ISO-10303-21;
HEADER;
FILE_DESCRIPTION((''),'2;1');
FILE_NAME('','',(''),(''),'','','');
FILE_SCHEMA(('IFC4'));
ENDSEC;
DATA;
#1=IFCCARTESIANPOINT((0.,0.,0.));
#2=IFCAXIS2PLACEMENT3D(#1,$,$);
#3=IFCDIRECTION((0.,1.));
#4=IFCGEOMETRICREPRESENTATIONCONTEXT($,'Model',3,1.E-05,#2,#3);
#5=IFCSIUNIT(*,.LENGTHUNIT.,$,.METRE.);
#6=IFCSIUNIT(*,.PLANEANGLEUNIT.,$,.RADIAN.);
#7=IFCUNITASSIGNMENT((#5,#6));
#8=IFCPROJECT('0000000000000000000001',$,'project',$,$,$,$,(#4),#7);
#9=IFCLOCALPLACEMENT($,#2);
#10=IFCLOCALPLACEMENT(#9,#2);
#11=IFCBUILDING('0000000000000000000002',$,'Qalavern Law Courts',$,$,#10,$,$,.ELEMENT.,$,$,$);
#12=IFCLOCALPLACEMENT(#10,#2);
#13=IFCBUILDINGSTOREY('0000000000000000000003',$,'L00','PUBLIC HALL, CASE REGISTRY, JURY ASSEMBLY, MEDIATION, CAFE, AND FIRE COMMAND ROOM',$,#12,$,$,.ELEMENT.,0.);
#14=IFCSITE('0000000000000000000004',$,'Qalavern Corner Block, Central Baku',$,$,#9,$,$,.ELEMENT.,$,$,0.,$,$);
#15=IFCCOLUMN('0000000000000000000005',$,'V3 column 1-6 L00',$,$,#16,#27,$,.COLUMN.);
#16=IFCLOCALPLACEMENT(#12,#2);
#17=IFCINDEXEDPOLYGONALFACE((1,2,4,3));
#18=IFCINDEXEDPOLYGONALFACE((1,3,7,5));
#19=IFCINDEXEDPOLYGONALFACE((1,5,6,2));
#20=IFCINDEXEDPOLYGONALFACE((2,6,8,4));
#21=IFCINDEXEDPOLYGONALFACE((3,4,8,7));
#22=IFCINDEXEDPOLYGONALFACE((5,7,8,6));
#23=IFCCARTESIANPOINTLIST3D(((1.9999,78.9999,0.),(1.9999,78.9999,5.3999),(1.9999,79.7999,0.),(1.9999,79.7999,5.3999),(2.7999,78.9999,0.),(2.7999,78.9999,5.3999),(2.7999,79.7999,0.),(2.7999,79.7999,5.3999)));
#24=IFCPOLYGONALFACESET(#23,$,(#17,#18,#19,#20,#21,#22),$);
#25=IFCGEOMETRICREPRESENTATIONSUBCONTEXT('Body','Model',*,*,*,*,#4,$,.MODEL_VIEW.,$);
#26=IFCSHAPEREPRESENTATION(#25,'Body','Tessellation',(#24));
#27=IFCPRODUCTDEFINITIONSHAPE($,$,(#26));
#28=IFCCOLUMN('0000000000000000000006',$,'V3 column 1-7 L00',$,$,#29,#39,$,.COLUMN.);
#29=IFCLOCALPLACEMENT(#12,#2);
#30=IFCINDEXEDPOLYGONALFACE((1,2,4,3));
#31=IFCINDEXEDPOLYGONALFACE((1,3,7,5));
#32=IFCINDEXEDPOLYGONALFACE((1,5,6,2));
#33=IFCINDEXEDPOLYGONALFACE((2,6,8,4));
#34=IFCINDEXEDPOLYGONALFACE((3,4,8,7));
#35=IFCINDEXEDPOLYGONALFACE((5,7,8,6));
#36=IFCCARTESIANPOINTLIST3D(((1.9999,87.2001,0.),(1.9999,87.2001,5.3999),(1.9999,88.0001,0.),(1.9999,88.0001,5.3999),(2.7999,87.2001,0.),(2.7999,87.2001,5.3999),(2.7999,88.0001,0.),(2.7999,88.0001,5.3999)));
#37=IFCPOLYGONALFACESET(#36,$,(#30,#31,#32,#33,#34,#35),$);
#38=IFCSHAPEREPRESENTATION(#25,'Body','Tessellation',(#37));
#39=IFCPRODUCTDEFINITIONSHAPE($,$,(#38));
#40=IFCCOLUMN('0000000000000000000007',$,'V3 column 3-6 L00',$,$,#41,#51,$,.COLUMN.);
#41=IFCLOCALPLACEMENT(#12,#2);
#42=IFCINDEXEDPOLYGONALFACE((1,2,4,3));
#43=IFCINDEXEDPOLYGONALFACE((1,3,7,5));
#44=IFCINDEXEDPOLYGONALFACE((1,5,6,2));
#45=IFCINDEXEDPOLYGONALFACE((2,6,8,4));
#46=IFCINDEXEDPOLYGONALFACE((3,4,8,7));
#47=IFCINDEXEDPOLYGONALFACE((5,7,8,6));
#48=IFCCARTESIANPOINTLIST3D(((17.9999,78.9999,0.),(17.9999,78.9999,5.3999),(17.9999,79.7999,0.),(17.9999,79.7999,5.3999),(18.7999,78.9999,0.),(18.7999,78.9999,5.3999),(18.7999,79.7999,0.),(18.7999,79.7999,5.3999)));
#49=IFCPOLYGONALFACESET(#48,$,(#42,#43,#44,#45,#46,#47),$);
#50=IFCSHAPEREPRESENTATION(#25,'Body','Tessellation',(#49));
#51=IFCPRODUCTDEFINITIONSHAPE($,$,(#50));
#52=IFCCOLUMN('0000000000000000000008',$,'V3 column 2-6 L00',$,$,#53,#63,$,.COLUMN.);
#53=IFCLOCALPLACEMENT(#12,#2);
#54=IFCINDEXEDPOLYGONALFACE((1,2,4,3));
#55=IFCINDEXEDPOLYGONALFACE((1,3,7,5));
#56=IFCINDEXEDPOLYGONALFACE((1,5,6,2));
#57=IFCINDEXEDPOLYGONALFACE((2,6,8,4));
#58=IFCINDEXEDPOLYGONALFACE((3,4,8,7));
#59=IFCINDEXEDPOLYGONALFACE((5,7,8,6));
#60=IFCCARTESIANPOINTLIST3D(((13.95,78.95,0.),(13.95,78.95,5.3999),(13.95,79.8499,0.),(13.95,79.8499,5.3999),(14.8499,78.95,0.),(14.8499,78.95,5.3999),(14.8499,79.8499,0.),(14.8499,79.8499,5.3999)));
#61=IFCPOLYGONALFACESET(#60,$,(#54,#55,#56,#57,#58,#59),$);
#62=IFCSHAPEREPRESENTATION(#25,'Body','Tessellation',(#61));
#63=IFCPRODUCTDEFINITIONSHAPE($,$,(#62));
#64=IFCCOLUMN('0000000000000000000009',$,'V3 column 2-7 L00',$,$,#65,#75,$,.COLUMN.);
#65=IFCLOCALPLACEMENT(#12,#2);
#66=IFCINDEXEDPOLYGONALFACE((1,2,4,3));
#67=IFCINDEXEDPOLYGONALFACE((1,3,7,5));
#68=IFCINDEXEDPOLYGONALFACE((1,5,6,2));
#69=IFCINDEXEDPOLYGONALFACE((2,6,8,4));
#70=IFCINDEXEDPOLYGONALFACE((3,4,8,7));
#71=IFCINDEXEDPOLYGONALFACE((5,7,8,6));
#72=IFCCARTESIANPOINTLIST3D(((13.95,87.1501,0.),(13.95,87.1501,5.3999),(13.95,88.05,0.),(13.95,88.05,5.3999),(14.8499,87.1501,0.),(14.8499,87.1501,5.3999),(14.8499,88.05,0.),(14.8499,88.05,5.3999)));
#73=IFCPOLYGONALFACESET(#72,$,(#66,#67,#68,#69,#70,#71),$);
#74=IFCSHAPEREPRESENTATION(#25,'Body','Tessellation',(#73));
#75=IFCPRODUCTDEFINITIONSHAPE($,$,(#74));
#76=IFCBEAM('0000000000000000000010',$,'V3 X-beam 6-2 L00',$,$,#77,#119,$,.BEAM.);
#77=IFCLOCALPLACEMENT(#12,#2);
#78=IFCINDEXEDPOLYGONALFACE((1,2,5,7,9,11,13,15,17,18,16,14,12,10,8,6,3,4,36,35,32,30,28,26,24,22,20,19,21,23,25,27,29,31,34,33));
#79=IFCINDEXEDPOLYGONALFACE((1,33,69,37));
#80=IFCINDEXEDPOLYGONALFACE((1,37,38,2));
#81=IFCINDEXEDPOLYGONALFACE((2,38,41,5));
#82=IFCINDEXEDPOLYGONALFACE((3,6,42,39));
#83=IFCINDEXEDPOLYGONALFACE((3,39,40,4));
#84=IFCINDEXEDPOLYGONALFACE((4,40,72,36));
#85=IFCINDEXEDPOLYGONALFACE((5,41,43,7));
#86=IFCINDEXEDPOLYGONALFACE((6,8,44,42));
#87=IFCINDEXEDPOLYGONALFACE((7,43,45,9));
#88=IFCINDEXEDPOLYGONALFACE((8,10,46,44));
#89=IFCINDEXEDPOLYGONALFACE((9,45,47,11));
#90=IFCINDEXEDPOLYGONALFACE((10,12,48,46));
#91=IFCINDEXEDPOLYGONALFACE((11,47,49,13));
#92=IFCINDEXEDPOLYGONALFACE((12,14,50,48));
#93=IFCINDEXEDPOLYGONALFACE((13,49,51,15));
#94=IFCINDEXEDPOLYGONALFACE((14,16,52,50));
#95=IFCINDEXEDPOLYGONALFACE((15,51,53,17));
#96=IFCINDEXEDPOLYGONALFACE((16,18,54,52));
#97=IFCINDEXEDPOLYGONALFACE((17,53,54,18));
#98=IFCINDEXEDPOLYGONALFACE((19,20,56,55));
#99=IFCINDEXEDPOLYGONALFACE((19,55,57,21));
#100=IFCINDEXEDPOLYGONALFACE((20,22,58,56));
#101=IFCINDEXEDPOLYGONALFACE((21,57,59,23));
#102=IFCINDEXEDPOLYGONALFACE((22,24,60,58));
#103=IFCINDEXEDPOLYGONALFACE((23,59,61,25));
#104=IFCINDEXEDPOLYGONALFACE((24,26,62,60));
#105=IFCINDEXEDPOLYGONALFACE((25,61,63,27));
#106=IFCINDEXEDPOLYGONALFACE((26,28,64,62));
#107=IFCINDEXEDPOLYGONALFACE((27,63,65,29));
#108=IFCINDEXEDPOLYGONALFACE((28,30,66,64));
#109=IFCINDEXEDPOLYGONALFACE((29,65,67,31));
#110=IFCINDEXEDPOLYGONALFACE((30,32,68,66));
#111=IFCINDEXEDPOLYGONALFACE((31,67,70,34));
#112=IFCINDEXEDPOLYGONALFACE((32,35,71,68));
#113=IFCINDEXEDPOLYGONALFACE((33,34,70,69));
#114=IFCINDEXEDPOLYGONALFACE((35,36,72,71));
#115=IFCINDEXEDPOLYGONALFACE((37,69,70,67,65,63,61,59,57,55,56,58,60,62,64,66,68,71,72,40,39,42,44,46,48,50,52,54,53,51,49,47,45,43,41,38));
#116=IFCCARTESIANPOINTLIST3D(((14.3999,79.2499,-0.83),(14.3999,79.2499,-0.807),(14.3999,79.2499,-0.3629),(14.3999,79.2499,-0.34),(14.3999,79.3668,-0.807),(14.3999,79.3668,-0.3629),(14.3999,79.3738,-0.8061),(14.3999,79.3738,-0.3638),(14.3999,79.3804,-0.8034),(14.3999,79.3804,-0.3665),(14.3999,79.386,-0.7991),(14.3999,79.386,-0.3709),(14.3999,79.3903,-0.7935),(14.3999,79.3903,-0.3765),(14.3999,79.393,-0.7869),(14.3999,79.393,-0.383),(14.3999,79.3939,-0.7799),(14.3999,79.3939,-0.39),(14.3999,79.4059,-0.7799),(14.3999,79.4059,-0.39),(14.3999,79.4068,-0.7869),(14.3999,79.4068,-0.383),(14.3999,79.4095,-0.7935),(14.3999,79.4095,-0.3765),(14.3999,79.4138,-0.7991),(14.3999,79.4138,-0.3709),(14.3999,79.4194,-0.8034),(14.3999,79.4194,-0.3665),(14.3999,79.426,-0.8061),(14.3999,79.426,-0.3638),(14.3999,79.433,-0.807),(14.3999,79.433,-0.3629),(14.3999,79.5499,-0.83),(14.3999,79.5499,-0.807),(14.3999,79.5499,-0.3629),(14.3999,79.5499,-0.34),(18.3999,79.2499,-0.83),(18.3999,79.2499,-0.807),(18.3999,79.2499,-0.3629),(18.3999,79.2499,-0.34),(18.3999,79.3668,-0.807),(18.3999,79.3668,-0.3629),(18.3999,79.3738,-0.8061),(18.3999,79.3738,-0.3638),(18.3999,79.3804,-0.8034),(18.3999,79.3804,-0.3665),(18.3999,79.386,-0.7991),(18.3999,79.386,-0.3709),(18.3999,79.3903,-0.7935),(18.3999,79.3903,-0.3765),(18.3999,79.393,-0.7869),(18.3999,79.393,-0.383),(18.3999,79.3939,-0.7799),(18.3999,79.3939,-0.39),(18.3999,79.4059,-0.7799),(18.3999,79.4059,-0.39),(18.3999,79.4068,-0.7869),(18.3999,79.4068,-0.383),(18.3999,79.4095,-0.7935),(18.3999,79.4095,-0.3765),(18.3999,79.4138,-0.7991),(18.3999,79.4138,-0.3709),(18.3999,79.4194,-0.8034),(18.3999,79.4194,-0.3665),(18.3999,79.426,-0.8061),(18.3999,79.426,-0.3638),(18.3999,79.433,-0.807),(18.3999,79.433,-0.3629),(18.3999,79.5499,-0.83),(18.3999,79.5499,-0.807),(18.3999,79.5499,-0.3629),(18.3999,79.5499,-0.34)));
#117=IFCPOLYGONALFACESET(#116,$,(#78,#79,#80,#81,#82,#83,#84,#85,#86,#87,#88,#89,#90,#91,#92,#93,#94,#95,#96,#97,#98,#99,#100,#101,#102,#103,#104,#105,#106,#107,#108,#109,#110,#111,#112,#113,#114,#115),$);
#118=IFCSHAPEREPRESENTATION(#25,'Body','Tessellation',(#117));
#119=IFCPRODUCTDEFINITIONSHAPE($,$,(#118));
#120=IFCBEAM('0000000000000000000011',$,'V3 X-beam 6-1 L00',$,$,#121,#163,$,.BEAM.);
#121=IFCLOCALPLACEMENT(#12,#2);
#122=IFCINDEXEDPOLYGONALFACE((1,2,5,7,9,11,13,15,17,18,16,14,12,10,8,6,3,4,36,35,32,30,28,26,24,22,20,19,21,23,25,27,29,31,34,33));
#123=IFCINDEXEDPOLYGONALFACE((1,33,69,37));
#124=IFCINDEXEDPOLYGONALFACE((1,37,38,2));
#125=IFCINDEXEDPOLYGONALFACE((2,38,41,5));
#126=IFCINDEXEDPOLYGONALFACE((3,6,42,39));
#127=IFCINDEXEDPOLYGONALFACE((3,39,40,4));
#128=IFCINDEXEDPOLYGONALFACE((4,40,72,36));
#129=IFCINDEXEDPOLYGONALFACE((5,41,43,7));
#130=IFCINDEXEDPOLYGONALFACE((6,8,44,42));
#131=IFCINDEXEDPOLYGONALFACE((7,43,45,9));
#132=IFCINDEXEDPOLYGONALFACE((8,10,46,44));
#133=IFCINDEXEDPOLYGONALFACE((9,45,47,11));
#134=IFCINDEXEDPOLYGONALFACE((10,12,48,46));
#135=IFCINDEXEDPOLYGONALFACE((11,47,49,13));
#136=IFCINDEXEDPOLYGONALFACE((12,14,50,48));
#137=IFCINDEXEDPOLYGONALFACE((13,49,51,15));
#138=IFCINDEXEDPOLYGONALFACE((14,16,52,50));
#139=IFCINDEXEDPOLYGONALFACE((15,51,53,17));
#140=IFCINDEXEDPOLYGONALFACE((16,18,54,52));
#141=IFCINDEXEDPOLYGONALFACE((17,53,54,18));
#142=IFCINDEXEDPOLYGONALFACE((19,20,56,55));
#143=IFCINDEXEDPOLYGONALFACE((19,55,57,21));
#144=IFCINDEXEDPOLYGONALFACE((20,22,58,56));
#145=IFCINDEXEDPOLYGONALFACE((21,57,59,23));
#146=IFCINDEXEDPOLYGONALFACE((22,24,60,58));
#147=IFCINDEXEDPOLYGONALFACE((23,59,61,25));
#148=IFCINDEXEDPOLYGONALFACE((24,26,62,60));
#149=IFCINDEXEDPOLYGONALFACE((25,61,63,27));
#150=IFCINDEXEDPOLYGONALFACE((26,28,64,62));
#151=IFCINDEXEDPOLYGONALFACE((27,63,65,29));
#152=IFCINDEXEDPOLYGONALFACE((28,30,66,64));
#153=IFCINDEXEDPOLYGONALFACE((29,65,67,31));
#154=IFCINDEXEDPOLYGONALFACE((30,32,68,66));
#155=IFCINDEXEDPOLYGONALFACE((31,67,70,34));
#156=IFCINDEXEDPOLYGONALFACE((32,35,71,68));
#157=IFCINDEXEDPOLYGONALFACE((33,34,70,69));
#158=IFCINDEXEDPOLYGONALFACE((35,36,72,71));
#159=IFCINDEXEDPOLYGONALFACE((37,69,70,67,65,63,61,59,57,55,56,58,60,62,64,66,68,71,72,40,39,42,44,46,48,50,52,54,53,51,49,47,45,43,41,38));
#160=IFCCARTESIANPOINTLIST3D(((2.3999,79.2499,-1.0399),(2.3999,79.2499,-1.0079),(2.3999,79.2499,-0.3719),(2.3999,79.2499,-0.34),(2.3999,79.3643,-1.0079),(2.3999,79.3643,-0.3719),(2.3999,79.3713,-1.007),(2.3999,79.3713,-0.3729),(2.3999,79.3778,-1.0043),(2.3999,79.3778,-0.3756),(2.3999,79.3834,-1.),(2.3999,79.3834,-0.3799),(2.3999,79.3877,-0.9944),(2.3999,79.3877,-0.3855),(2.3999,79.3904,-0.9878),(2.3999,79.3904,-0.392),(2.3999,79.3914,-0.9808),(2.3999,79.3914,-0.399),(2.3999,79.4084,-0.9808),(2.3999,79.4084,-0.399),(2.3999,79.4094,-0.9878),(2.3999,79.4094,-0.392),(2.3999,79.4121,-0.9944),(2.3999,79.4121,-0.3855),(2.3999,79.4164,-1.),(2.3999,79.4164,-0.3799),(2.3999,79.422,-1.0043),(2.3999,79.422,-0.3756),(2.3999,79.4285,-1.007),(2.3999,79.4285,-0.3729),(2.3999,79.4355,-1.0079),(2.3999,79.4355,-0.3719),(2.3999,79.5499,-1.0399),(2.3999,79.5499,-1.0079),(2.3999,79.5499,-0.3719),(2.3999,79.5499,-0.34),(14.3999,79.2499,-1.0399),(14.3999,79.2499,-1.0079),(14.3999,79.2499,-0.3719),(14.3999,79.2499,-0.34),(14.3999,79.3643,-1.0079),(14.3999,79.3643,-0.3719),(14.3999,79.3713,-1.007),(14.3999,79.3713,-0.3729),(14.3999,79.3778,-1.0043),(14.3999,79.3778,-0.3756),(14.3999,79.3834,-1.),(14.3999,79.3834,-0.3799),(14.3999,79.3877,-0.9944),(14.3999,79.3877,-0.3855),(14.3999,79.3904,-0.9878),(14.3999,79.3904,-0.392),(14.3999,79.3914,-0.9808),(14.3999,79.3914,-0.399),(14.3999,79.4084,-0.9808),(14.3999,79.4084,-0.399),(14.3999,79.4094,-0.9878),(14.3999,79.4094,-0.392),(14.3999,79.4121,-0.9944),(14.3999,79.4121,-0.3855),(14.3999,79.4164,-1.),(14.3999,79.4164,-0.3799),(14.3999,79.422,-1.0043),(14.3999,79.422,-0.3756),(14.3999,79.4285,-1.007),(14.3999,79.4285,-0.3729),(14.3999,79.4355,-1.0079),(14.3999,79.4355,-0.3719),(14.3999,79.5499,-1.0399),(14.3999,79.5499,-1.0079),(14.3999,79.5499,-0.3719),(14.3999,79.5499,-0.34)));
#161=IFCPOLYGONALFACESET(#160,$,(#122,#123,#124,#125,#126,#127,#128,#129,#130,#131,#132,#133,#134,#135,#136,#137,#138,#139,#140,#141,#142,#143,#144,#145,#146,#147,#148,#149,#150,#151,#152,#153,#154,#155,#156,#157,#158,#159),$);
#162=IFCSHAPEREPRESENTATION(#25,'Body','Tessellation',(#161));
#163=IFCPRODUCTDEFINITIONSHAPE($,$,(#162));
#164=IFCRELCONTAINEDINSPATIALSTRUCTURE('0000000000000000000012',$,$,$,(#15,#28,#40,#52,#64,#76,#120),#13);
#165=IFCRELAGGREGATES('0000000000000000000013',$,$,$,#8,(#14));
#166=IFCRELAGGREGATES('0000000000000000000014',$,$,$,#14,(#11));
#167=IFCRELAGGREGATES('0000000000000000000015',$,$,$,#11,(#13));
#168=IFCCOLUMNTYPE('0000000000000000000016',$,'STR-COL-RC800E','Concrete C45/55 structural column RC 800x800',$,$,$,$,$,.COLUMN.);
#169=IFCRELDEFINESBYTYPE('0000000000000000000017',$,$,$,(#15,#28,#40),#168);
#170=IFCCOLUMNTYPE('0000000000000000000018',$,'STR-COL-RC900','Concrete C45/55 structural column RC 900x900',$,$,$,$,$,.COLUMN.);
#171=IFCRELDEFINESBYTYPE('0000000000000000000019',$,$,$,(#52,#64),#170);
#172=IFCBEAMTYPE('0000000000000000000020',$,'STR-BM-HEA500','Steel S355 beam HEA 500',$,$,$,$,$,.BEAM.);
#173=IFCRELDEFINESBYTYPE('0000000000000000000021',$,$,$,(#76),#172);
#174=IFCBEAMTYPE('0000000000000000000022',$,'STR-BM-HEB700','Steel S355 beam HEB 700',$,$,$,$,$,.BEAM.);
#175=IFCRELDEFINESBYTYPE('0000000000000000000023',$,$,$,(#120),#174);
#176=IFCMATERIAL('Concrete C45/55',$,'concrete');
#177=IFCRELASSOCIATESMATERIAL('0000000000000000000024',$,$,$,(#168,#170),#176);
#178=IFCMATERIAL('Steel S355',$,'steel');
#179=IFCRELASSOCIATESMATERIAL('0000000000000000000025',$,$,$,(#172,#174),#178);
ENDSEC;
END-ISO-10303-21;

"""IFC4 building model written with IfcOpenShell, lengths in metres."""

from ifc_helpers import new_model, si_unit, direction, frame, origin, origin_2d, place, context, subcontext, project, spatial, rectangle, i_section, extrude, material, material_profile, profile_set, type_object, element, save


model = new_model("IFC4")

# Units and contexts
model_context = context("Model", 3, precision=1e-05, world=origin(), true_north=direction((0.0, 1.0)))
body_context = subcontext(model_context, "Body", "Model", "MODEL_VIEW")
ifc_project = project(units=[si_unit("LENGTHUNIT", "METRE"), si_unit("PLANEANGLEUNIT", "RADIAN")], contexts=[model_context])

# Site, building, storey
site_placement = place(None, origin())
site = spatial("IfcSite", under=ifc_project, at=site_placement, Name="Qalavern Corner Block, Central Baku", CompositionType="ELEMENT", RefElevation=0.0)
building_placement = place(site_placement, origin())
building = spatial("IfcBuilding", under=site, at=building_placement, Name="Qalavern Law Courts", CompositionType="ELEMENT")
storey_placement = place(building_placement, origin())
storey = spatial("IfcBuildingStorey", under=building, at=storey_placement, Name="L00", Description="PUBLIC HALL, CASE REGISTRY, JURY ASSEMBLY, MEDIATION, CAFE, AND FIRE COMMAND ROOM", CompositionType="ELEMENT", Elevation=0.0)

# Columns
ifc_material_1 = material(Name="Concrete C45/55", Category="concrete")
ifc_material_profile_1 = material_profile(ifc_material_1, rectangle(XDim=0.8, YDim=0.8, at=origin_2d()), Name="RC 800x800")
ifc_profile_set_1 = profile_set([ifc_material_profile_1], Name="Concrete C45/55")
column_type_1 = type_object("IfcColumnType", Name="STR-COL-RC800E", Description="Concrete C45/55 structural column RC 800x800", PredefinedType="COLUMN", material=ifc_profile_set_1)
for number, where, z_axis, x_axis, name in (
    (1, (2.3999, 79.3999, 0.0), (0.0, 0.0, 1.0), (1.0, 0.0, 0.0), "V3 column 1-6 L00"),
    (2, (2.3999, 87.6001, 0.0), (0.0, 0.0, 1.0), (1.0, 0.0, 0.0), "V3 column 1-7 L00"),
    (3, (18.3999, 79.3999, 0.0), (0.0, 0.0, 1.0), (1.0, 0.0, 0.0), "V3 column 3-6 L00"),
):
    element("IfcColumn", number, at=place(storey_placement, frame(where, z_axis=z_axis, x_axis=x_axis)), inside=storey, type_object=column_type_1, Name=name, PredefinedType="COLUMN", context=body_context, shape_type="SweptSolid", body=[
        extrude(rectangle(XDim=0.8, YDim=0.8, at=origin_2d()), origin(), (0.0, 0.0, 1.0), 5.3999),
    ])
ifc_material_profile_2 = material_profile(ifc_material_1, rectangle(XDim=0.8999, YDim=0.8999, at=origin_2d()), Name="RC 900x900")
ifc_profile_set_2 = profile_set([ifc_material_profile_2], Name="Concrete C45/55")
column_type_2 = type_object("IfcColumnType", Name="STR-COL-RC900", Description="Concrete C45/55 structural column RC 900x900", PredefinedType="COLUMN", material=ifc_profile_set_2)
for number, where, z_axis, x_axis, name in (
    (4, (14.3999, 79.3999, 0.0), (0.0, 0.0, 1.0), (1.0, 0.0, 0.0), "V3 column 2-6 L00"),
    (5, (14.3999, 87.6001, 0.0), (0.0, 0.0, 1.0), (1.0, 0.0, 0.0), "V3 column 2-7 L00"),
):
    element("IfcColumn", number, at=place(storey_placement, frame(where, z_axis=z_axis, x_axis=x_axis)), inside=storey, type_object=column_type_2, Name=name, PredefinedType="COLUMN", context=body_context, shape_type="SweptSolid", body=[
        extrude(rectangle(XDim=0.8999, YDim=0.8999, at=origin_2d()), origin(), (0.0, 0.0, 1.0), 5.3999),
    ])

# Beams
ifc_material_2 = material(Name="Steel S355", Category="steel")
ifc_material_profile_3 = material_profile(ifc_material_2, i_section(OverallWidth=0.3, OverallDepth=0.49, WebThickness=0.012, FlangeThickness=0.0229, FilletRadius=0.0271, at=origin_2d()), Name="HEA 500")
ifc_profile_set_3 = profile_set([ifc_material_profile_3], Name="Steel S355")
beam_type_1 = type_object("IfcBeamType", Name="STR-BM-HEA500", Description="Steel S355 beam HEA 500", PredefinedType="BEAM", material=ifc_profile_set_3)
beam_1_placement = place(storey_placement, frame((14.3999, 79.3999, -0.585), z_axis=(1.0, 0.0, 0.0), x_axis=(0.0, 1.0, 0.0)))
element("IfcBeam", 6, at=beam_1_placement, inside=storey, type_object=beam_type_1, Name="V3 X-beam 6-2 L00", PredefinedType="BEAM", context=body_context, shape_type="SweptSolid", body=[
    extrude(i_section(OverallWidth=0.3, OverallDepth=0.49, WebThickness=0.012, FlangeThickness=0.0229, FilletRadius=0.0271, at=origin_2d()), origin(), (0.0, 0.0, 1.0), 4.0),
])
ifc_material_profile_4 = material_profile(ifc_material_2, i_section(OverallWidth=0.3, OverallDepth=0.7, WebThickness=0.0171, FlangeThickness=0.032, FilletRadius=0.0271, at=origin_2d()), Name="HEB 700")
ifc_profile_set_4 = profile_set([ifc_material_profile_4], Name="Steel S355")
beam_type_2 = type_object("IfcBeamType", Name="STR-BM-HEB700", Description="Steel S355 beam HEB 700", PredefinedType="BEAM", material=ifc_profile_set_4)
beam_2_placement = place(storey_placement, frame((2.3999, 79.3999, -0.6899), z_axis=(1.0, 0.0, 0.0), x_axis=(0.0, 1.0, 0.0)))
element("IfcBeam", 7, at=beam_2_placement, inside=storey, type_object=beam_type_2, Name="V3 X-beam 6-1 L00", PredefinedType="BEAM", context=body_context, shape_type="SweptSolid", body=[
    extrude(i_section(OverallWidth=0.3, OverallDepth=0.7, WebThickness=0.0171, FlangeThickness=0.032, FilletRadius=0.0271, at=origin_2d()), origin(), (0.0, 0.0, 1.0), 12.0),
])

save(model, "model.ifc")
